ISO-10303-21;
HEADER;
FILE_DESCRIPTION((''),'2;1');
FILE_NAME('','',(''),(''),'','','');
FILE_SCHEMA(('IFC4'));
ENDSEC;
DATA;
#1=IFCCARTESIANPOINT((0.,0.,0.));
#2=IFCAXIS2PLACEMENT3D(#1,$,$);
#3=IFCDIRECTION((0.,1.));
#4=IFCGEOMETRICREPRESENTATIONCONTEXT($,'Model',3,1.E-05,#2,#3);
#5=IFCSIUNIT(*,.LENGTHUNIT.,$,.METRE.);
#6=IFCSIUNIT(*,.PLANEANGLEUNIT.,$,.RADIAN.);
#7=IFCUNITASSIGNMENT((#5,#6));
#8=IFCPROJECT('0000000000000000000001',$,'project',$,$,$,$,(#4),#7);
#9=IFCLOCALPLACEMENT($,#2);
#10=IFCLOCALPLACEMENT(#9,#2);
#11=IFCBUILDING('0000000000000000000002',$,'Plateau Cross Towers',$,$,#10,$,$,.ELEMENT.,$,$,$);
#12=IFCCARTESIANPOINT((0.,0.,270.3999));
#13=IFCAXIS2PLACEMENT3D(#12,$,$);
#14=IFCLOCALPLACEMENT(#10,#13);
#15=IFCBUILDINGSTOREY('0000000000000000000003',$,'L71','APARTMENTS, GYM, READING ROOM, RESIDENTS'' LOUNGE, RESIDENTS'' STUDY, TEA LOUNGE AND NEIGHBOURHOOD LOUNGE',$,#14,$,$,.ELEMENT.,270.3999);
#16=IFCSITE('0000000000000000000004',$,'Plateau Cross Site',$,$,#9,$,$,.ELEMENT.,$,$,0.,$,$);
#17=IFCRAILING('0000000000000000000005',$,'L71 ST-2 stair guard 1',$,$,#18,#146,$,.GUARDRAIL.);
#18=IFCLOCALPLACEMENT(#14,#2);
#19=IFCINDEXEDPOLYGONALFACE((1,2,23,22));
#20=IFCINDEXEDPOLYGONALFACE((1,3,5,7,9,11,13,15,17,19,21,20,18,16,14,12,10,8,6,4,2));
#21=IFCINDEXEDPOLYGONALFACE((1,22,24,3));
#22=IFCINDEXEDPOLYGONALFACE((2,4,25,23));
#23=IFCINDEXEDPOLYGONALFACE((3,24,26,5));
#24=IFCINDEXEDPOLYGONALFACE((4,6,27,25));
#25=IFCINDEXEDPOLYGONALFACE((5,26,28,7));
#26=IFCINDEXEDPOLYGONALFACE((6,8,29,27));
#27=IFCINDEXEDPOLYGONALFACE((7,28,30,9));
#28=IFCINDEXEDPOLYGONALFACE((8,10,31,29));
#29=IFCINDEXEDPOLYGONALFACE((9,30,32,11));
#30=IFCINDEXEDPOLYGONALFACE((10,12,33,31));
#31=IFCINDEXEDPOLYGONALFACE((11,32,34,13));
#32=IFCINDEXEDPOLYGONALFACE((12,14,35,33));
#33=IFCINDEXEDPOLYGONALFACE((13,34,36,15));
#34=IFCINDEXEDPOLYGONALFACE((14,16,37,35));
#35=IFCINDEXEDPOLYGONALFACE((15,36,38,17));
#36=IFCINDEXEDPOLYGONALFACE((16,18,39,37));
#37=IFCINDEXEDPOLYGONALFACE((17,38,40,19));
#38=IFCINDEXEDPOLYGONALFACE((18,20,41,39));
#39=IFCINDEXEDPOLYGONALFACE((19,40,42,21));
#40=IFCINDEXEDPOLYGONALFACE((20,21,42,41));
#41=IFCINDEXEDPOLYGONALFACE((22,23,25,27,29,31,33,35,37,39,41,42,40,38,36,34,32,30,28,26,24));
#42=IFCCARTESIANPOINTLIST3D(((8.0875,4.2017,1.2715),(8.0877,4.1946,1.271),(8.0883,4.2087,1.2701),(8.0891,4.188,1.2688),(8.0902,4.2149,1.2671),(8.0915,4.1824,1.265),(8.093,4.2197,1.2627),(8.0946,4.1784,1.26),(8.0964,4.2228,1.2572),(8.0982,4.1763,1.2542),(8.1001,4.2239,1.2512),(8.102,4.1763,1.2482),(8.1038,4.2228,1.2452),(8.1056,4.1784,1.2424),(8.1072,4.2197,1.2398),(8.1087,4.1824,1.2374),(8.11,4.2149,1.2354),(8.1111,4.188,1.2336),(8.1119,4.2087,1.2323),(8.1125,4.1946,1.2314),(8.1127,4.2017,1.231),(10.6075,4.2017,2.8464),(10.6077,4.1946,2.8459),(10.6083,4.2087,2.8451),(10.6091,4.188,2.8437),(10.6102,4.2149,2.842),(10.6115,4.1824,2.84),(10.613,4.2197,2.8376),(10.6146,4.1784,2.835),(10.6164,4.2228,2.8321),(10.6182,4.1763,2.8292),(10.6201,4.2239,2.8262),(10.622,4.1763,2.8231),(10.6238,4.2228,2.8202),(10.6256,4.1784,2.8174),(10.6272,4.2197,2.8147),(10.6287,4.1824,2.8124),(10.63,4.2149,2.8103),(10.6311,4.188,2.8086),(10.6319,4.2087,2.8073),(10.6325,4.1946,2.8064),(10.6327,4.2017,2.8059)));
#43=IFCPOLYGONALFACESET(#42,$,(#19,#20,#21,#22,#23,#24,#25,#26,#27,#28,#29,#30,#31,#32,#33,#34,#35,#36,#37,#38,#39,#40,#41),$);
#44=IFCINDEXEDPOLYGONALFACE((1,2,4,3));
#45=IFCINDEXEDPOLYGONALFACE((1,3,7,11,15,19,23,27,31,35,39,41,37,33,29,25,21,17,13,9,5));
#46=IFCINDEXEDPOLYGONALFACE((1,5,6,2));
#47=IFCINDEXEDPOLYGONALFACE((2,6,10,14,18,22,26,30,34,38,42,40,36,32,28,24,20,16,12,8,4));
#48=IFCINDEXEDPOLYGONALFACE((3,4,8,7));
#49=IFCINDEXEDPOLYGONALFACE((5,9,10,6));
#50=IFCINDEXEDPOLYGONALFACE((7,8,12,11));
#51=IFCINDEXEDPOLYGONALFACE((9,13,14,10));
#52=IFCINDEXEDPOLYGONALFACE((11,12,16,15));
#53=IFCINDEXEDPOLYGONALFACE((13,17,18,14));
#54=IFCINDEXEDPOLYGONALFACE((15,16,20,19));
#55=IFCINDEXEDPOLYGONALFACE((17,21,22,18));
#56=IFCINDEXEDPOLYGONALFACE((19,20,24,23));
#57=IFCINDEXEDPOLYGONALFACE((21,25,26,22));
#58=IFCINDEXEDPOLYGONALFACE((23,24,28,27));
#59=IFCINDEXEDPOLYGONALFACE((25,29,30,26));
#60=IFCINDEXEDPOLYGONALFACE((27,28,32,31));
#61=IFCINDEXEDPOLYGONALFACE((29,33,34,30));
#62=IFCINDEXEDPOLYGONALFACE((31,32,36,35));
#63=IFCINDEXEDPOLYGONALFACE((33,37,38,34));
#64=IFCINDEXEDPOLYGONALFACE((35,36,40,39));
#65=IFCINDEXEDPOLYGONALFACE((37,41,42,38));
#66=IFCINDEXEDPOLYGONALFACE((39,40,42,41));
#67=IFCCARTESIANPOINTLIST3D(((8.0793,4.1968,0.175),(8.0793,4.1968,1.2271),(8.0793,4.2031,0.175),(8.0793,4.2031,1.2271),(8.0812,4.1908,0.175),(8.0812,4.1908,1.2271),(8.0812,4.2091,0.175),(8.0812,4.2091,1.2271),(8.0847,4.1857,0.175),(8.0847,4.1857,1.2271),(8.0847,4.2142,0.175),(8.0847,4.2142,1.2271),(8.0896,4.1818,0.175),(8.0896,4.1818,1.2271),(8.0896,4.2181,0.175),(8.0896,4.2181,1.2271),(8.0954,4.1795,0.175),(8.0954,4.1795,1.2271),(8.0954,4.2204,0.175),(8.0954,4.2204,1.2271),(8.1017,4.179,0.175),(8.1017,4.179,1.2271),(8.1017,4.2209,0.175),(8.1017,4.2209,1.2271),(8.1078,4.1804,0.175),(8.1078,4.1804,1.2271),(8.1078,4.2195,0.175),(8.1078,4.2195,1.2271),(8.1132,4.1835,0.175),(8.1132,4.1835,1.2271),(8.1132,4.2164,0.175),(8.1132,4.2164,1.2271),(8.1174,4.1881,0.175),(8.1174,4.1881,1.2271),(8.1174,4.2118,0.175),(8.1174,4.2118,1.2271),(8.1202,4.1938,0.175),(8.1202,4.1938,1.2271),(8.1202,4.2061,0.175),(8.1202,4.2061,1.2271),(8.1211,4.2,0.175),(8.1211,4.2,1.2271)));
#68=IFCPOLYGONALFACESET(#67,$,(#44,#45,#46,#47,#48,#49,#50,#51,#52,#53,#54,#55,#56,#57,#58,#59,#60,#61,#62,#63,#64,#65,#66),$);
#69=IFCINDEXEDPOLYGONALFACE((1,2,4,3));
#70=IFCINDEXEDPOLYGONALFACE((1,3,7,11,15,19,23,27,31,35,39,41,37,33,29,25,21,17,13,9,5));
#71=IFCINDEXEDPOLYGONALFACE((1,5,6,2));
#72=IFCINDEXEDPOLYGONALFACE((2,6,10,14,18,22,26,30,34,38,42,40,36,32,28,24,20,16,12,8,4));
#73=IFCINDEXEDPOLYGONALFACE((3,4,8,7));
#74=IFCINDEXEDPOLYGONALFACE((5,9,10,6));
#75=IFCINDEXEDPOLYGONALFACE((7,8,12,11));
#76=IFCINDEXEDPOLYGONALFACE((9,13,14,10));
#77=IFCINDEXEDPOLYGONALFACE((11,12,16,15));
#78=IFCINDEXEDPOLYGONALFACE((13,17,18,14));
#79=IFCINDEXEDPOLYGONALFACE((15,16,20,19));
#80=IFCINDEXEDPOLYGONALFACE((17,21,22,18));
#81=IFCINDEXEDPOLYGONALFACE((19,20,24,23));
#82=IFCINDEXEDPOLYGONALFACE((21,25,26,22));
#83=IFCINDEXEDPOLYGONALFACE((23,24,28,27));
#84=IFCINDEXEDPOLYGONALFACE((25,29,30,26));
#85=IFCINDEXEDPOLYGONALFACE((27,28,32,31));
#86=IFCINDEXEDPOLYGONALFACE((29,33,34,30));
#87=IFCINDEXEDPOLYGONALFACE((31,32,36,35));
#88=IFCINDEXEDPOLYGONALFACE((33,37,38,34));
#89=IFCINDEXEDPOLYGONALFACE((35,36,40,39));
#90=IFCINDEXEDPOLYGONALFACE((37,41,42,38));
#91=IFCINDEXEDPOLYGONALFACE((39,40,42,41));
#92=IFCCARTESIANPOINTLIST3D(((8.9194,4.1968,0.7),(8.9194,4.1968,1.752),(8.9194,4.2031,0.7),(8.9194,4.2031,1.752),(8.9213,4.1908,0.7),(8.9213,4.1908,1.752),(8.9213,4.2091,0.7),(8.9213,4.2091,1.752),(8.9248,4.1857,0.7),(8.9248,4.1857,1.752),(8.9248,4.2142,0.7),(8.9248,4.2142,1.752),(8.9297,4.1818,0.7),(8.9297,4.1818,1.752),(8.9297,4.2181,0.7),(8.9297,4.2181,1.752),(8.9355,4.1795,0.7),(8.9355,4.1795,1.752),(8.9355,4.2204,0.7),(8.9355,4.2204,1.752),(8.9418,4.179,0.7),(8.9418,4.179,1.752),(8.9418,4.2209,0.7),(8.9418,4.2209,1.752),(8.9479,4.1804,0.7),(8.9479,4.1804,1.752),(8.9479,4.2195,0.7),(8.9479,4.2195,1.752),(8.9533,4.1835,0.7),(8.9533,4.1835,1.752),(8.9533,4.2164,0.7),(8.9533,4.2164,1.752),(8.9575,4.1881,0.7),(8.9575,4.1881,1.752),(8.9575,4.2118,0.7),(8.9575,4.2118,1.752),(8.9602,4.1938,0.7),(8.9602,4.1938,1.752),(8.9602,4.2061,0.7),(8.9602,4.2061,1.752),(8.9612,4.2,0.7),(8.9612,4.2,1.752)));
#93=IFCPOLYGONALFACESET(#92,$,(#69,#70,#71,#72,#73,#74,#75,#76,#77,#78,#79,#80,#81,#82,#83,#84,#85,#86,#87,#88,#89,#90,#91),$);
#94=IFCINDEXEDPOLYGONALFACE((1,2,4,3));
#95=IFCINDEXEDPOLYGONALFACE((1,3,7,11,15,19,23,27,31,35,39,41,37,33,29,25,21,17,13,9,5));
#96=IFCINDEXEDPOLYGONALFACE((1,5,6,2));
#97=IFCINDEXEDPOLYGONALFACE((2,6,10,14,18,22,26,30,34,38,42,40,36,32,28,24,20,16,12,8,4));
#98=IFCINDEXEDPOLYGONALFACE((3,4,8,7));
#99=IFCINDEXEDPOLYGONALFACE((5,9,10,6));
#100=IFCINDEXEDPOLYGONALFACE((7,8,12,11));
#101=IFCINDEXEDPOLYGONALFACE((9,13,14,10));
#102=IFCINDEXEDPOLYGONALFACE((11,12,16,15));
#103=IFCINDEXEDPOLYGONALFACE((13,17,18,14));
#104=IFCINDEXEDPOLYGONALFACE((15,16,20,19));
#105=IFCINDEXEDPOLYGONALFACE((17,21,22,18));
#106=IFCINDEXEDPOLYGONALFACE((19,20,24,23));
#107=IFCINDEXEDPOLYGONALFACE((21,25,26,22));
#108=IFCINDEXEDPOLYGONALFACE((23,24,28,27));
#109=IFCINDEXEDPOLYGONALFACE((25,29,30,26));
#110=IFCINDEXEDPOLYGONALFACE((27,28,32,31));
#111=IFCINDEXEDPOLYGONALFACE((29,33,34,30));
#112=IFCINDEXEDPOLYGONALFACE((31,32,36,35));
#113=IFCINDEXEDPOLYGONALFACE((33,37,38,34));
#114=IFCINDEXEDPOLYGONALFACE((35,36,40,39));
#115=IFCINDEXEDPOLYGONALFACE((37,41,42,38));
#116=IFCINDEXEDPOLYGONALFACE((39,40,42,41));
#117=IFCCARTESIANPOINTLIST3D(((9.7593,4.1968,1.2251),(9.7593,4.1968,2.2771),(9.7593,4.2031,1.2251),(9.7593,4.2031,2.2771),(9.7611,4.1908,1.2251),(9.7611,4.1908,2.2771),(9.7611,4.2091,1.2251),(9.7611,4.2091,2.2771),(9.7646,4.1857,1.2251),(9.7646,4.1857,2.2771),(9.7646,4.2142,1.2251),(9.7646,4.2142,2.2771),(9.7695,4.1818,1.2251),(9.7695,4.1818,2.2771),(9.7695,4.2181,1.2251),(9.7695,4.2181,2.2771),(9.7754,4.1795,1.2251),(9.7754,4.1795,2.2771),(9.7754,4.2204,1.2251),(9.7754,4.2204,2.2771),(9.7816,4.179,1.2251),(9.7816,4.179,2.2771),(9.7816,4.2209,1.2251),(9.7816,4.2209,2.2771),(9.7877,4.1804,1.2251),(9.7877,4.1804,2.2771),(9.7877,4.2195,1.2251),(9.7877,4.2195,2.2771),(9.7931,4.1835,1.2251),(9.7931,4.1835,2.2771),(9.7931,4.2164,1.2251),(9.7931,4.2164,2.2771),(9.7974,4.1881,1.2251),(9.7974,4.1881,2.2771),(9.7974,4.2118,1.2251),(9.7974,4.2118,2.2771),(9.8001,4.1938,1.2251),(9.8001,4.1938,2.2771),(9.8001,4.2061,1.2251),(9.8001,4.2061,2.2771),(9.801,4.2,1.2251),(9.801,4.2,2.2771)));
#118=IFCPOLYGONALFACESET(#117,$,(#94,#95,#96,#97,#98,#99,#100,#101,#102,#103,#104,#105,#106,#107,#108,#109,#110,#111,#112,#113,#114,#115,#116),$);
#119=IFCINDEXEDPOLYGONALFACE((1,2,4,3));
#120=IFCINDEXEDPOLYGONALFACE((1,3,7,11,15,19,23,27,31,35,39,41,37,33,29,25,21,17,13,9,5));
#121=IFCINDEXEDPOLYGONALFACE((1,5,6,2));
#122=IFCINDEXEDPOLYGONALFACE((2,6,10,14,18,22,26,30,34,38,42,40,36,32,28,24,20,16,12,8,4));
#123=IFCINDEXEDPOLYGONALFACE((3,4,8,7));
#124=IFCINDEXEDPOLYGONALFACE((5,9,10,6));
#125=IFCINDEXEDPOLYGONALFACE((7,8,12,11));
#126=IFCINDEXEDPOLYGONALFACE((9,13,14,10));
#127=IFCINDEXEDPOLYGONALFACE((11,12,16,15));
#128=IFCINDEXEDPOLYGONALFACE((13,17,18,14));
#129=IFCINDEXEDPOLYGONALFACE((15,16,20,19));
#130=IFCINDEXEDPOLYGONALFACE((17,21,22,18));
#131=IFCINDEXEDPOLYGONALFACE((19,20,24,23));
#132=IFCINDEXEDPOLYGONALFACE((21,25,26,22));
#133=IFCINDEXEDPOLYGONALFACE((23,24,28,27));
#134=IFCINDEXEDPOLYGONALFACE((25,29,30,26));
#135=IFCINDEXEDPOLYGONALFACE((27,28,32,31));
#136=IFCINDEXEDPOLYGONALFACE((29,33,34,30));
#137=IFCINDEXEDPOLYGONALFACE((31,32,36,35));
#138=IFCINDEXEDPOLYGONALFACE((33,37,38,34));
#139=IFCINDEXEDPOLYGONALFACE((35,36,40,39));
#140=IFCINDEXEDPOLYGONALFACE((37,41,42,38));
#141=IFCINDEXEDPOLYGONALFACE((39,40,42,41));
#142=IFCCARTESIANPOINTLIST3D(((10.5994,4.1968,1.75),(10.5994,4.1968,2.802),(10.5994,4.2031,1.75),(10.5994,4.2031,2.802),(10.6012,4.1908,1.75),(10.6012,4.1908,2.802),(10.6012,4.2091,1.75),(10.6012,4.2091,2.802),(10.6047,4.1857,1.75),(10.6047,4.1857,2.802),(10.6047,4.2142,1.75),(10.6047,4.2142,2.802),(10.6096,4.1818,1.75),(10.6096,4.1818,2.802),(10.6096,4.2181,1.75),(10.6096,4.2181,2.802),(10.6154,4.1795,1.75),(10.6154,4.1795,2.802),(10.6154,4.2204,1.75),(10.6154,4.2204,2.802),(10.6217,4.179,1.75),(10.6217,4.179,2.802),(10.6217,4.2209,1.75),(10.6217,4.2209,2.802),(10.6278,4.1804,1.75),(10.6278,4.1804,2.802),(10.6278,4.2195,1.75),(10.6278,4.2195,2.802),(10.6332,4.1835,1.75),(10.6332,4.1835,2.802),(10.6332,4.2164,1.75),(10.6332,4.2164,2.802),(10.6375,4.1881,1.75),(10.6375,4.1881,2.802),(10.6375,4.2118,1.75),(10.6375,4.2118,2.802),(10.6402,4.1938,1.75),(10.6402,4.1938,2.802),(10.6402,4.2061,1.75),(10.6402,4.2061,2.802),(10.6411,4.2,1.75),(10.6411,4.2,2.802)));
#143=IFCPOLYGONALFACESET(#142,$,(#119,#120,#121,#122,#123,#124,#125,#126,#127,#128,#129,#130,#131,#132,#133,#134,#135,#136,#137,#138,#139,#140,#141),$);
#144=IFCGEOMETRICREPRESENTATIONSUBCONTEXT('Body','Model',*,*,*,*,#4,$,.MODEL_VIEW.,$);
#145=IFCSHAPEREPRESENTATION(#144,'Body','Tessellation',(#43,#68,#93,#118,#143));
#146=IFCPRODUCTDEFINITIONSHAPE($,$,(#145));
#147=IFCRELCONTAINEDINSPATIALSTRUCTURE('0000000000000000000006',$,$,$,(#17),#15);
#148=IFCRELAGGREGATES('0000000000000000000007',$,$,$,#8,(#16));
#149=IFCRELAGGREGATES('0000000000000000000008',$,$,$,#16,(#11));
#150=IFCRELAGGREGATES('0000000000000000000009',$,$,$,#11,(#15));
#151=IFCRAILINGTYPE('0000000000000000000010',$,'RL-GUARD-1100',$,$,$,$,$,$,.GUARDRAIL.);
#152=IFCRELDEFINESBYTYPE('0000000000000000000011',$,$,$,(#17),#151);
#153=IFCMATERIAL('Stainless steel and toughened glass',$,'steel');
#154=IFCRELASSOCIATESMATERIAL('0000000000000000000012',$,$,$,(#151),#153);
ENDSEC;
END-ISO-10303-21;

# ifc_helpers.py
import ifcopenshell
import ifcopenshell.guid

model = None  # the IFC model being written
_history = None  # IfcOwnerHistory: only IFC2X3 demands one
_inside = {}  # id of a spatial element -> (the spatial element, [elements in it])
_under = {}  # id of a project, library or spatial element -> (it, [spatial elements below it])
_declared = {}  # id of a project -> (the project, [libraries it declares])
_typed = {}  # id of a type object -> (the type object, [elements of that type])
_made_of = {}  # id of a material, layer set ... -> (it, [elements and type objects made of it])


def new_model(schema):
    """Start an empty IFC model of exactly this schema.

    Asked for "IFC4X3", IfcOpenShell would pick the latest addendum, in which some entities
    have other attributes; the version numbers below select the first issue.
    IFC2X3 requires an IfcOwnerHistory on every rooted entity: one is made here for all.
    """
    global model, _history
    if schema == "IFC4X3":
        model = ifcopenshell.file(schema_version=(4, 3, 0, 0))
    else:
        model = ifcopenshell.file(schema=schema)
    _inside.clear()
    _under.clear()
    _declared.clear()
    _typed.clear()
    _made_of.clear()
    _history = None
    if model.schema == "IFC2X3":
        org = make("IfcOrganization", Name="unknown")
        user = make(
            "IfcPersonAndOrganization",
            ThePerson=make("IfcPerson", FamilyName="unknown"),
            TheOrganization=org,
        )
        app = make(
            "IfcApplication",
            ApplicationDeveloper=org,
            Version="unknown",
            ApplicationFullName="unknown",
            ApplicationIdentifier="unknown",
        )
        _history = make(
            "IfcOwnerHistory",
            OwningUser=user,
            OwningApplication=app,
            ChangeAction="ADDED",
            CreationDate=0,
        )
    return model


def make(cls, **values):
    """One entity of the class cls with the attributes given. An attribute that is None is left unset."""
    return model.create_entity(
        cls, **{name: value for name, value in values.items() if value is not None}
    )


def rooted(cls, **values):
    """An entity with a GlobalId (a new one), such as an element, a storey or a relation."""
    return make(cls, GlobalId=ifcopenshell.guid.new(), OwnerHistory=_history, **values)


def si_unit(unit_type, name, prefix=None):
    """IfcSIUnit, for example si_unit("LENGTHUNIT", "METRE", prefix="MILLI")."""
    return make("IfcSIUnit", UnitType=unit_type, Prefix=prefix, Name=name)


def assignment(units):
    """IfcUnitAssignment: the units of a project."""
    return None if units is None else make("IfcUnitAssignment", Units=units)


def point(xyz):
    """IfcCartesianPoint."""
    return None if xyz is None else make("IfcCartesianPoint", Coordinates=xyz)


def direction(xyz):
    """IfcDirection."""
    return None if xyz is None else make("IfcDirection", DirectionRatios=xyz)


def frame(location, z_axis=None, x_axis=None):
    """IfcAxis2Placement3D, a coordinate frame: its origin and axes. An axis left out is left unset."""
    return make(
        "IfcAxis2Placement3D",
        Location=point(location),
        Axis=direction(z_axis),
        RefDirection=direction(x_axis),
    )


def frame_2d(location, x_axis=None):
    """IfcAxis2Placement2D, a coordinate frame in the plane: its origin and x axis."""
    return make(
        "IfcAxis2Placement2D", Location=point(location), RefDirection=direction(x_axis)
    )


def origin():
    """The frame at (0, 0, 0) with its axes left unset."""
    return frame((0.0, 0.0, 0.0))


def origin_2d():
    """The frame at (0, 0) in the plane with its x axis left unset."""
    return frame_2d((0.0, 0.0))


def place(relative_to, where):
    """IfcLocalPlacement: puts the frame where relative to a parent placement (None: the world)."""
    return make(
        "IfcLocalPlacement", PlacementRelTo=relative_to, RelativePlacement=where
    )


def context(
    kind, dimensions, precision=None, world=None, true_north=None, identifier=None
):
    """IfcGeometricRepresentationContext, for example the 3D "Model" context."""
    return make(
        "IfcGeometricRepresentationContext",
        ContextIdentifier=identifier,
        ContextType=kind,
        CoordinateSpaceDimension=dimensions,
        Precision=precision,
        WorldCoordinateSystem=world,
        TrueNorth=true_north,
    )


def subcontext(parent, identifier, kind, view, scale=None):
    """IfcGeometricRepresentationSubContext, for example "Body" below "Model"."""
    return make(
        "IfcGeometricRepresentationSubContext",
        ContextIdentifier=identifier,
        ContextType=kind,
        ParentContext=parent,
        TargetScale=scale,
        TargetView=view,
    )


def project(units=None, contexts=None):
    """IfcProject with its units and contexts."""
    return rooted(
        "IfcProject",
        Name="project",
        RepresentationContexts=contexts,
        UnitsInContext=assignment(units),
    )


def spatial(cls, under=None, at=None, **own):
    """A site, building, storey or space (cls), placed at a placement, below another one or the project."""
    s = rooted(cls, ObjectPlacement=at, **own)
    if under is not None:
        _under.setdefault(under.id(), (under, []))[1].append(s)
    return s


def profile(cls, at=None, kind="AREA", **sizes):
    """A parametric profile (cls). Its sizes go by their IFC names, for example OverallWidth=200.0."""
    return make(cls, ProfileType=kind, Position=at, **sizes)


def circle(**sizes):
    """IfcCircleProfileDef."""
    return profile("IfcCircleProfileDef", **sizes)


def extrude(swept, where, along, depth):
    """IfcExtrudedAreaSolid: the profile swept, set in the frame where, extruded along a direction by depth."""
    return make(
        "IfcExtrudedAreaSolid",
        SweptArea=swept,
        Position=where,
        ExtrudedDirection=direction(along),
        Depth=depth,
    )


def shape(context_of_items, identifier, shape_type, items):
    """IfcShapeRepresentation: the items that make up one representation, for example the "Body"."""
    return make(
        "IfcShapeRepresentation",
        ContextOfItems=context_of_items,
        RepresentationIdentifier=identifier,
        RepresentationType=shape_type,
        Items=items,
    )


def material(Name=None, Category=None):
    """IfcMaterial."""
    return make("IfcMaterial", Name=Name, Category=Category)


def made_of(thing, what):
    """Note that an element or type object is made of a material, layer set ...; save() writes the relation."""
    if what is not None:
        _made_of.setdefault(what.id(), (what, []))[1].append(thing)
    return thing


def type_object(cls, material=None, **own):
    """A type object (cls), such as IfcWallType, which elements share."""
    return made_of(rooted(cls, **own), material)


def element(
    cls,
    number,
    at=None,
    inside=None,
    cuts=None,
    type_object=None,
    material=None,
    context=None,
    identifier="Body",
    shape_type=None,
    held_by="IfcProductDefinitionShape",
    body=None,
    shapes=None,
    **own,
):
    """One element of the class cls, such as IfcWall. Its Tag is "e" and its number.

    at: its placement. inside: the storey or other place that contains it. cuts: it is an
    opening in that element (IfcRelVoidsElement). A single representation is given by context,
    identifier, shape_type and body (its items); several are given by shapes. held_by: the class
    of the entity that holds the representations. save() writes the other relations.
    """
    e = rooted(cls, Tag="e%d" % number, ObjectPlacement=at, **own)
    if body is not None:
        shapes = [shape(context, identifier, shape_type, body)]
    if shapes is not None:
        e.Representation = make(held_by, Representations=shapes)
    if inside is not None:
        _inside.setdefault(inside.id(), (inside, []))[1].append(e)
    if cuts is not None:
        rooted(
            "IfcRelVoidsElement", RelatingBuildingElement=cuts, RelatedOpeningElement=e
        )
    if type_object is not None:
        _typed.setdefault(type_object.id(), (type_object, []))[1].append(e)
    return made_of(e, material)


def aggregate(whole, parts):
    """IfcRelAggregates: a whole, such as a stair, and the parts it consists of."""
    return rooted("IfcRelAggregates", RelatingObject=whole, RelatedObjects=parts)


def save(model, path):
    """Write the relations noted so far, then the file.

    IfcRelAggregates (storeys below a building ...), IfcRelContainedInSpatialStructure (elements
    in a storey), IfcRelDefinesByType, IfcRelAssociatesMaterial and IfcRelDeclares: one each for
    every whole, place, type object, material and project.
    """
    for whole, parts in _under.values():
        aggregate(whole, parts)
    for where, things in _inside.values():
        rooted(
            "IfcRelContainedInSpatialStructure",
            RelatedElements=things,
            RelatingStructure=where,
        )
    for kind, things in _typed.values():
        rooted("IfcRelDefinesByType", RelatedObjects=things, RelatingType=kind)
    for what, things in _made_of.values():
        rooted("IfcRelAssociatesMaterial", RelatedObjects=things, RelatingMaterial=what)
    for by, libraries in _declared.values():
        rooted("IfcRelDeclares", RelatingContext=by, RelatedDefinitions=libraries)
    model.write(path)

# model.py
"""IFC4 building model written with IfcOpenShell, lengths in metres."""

from ifc_helpers import new_model, si_unit, direction, frame, origin, origin_2d, place, context, subcontext, project, spatial, circle, extrude, material, type_object, element, save


model = new_model("IFC4")

# Units and contexts
model_context = context("Model", 3, precision=1e-05, world=origin(), true_north=direction((0.0, 1.0)))
body_context = subcontext(model_context, "Body", "Model", "MODEL_VIEW")
ifc_project = project(units=[si_unit("LENGTHUNIT", "METRE"), si_unit("PLANEANGLEUNIT", "RADIAN")], contexts=[model_context])

# Site, building, storey
site_placement = place(None, origin())
site = spatial("IfcSite", under=ifc_project, at=site_placement, Name="Plateau Cross Site", CompositionType="ELEMENT", RefElevation=0.0)
building_placement = place(site_placement, origin())
building = spatial("IfcBuilding", under=site, at=building_placement, Name="Plateau Cross Towers", CompositionType="ELEMENT")
storey_placement = place(building_placement, frame((0.0, 0.0, 270.3999)))
storey = spatial("IfcBuildingStorey", under=building, at=storey_placement, Name="L71", Description="APARTMENTS, GYM, READING ROOM, RESIDENTS' LOUNGE, RESIDENTS' STUDY, TEA LOUNGE AND NEIGHBOURHOOD LOUNGE", CompositionType="ELEMENT", Elevation=270.3999)

# Railing
ifc_material_1 = material(Name="Stainless steel and toughened glass", Category="steel")
railing_type_1 = type_object("IfcRailingType", Name="RL-GUARD-1100", PredefinedType="GUARDRAIL", material=ifc_material_1)
railing_1_placement = place(storey_placement, frame((8.1001, 4.2, 0.175)))
element("IfcRailing", 1, at=railing_1_placement, inside=storey, type_object=railing_type_1, Name="L71 ST-2 stair guard 1", PredefinedType="GUARDRAIL", context=body_context, shape_type="SweptSolid", body=[
    extrude(circle(Radius=0.0239, at=origin_2d()), frame((0.0, 0.0, 1.0762), z_axis=(0.848008, 0.0, 0.529984), x_axis=(0.0, 1.0, 0.0)), (0.0, 0.0, 1.0), 2.9717),
    extrude(circle(Radius=0.021, at=origin_2d()), origin(), (0.0, 0.0, 1.0), 1.052),
    extrude(circle(Radius=0.021, at=origin_2d()), frame((0.8401, 0.0, 0.5249)), (0.0, 0.0, 1.0), 1.052),
    extrude(circle(Radius=0.021, at=origin_2d()), frame((1.6799, 0.0, 1.05)), (0.0, 0.0, 1.0), 1.052),
    extrude(circle(Radius=0.021, at=origin_2d()), frame((2.52, 0.0, 1.575)), (0.0, 0.0, 1.0), 1.052),
])

save(model, "model.ifc")
